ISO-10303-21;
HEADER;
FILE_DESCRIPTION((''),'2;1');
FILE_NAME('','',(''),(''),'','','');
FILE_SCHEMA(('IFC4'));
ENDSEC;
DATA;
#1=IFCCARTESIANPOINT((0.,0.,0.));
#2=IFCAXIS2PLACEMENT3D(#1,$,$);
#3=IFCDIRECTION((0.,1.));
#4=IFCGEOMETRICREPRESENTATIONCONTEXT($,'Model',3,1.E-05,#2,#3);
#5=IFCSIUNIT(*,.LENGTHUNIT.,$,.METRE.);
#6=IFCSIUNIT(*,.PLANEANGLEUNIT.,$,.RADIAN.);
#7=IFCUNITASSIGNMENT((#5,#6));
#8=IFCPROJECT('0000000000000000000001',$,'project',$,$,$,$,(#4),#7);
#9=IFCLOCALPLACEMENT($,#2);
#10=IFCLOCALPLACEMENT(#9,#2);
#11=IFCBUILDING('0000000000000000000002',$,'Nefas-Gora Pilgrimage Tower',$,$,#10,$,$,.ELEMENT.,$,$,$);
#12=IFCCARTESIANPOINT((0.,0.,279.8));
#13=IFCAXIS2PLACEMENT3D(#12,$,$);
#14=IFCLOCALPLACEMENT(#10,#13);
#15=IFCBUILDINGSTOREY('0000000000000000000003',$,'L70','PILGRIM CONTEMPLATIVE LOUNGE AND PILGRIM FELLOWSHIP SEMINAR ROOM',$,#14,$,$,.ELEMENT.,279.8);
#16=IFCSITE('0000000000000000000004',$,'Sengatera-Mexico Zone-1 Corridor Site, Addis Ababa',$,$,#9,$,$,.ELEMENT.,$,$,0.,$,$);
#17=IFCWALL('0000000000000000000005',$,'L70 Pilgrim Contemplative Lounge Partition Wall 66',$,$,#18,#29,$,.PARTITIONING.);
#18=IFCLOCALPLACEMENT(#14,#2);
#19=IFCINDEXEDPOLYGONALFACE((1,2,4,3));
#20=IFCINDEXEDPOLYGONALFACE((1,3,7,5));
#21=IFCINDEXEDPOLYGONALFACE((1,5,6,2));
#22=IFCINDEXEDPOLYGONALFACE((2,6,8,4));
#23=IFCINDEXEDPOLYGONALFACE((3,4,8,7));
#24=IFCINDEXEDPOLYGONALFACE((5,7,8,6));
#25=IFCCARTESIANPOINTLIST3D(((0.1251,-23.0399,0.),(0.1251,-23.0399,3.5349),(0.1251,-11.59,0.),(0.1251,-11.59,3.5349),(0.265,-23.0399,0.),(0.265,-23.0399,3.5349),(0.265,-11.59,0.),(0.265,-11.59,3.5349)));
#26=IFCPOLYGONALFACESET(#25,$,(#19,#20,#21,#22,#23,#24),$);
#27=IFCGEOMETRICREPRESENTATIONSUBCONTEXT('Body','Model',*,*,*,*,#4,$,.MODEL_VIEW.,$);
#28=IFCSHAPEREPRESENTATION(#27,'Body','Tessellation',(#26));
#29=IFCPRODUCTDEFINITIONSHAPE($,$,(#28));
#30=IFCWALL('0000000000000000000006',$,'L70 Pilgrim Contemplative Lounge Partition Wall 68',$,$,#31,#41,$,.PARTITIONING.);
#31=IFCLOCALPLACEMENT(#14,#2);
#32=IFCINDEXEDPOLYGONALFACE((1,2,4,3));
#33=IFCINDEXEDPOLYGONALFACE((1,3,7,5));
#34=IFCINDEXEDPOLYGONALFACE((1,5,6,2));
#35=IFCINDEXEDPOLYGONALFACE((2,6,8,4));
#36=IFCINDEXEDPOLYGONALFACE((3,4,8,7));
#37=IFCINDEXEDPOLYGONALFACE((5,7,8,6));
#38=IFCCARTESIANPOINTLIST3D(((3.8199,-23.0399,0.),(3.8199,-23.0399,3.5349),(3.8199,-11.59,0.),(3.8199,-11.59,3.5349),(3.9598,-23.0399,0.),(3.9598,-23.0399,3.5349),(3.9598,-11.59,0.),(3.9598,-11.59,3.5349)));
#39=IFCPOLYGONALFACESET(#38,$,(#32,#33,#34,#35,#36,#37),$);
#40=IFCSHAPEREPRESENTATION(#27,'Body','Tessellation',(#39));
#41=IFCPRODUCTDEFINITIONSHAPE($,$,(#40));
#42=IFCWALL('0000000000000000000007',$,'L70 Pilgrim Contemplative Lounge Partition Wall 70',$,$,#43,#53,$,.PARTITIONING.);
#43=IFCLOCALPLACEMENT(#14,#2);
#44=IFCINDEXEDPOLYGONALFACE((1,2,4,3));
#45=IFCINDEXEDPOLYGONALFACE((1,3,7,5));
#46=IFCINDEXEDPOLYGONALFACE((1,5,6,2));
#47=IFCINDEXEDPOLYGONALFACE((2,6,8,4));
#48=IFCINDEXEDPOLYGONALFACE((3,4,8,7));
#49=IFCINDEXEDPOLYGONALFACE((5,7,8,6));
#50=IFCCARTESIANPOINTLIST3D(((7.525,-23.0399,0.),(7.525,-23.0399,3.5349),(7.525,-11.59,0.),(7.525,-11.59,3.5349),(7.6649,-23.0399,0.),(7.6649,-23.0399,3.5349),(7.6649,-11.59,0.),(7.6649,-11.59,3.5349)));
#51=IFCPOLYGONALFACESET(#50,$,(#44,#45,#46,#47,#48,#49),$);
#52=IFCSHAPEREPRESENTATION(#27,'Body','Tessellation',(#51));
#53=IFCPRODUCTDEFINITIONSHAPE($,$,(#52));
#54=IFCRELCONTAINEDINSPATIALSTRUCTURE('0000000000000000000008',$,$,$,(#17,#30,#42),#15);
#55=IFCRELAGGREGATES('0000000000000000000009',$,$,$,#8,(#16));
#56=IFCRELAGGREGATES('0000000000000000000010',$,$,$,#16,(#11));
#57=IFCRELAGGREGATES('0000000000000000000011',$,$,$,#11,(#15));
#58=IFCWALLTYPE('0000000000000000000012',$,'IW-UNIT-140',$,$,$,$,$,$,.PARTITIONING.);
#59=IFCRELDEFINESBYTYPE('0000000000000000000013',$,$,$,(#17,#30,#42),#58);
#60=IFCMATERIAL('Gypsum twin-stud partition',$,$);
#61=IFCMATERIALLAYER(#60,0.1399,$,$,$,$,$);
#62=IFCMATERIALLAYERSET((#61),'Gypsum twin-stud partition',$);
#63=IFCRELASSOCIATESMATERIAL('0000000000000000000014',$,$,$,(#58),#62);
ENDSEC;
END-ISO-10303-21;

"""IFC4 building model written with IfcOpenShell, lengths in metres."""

from ifc_helpers import new_model, si_unit, direction, frame, frame_2d, origin, place, context, subcontext, project, spatial, rectangle, extrude, source, transform, mapped, material, layer, layer_set, type_object, element, save


model = new_model("IFC4")

# Units and contexts
model_context = context("Model", 3, precision=1e-05, world=origin(), true_north=direction((0.0, 1.0)))
body_context = subcontext(model_context, "Body", "Model", "MODEL_VIEW")
ifc_project = project(units=[si_unit("LENGTHUNIT", "METRE"), si_unit("PLANEANGLEUNIT", "RADIAN")], contexts=[model_context])

# Site, building, storey
site_placement = place(None, origin())
site = spatial("IfcSite", under=ifc_project, at=site_placement, Name="Sengatera-Mexico Zone-1 Corridor Site, Addis Ababa", CompositionType="ELEMENT", RefElevation=0.0)
building_placement = place(site_placement, origin())
building = spatial("IfcBuilding", under=site, at=building_placement, Name="Nefas-Gora Pilgrimage Tower", CompositionType="ELEMENT")
storey_placement = place(building_placement, frame((0.0, 0.0, 279.8)))
storey = spatial("IfcBuildingStorey", under=building, at=storey_placement, Name="L70", Description="PILGRIM CONTEMPLATIVE LOUNGE AND PILGRIM FELLOWSHIP SEMINAR ROOM", CompositionType="ELEMENT", Elevation=279.8)

# Walls
ifc_material_1 = material(Name="Gypsum twin-stud partition")
ifc_layer_1 = layer(ifc_material_1, 0.1399)
ifc_layer_set_1 = layer_set([ifc_layer_1], Name="Gypsum twin-stud partition")
wall_type_1 = type_object("IfcWallType", Name="IW-UNIT-140", PredefinedType="PARTITIONING", material=ifc_layer_set_1)
shared_shape_1 = source(origin(), body_context, "Body", "SweptSolid", [
    extrude(rectangle(XDim=11.45, YDim=0.1399, at=frame_2d((5.7251, 0.0))), origin(), (0.0, 0.0, 1.0), 3.5349),
])
for number, where, z_axis, x_axis, name in (
    (1, (0.1951, -23.04, 0.0), (0.0, 0.0, 1.0), (0.0, 1.0, 0.0), "L70 Pilgrim Contemplative Lounge Partition Wall 66"),
    (2, (3.8899, -23.04, 0.0), (0.0, 0.0, 1.0), (0.0, 1.0, 0.0), "L70 Pilgrim Contemplative Lounge Partition Wall 68"),
    (3, (7.595, -23.04, 0.0), (0.0, 0.0, 1.0), (0.0, 1.0, 0.0), "L70 Pilgrim Contemplative Lounge Partition Wall 70"),
):
    element("IfcWall", number, at=place(storey_placement, frame(where, z_axis=z_axis, x_axis=x_axis)), inside=storey, type_object=wall_type_1, Name=name, PredefinedType="PARTITIONING", context=body_context, shape_type="MappedRepresentation", body=[
        mapped(shared_shape_1, transform((0.0, 0.0, 0.0), x_axis=(1.0, 0.0, 0.0), y_axis=(0.0, 1.0, 0.0), z_axis=(0.0, 0.0, 1.0), scale=1.0)),
    ])

save(model, "model.ifc")
